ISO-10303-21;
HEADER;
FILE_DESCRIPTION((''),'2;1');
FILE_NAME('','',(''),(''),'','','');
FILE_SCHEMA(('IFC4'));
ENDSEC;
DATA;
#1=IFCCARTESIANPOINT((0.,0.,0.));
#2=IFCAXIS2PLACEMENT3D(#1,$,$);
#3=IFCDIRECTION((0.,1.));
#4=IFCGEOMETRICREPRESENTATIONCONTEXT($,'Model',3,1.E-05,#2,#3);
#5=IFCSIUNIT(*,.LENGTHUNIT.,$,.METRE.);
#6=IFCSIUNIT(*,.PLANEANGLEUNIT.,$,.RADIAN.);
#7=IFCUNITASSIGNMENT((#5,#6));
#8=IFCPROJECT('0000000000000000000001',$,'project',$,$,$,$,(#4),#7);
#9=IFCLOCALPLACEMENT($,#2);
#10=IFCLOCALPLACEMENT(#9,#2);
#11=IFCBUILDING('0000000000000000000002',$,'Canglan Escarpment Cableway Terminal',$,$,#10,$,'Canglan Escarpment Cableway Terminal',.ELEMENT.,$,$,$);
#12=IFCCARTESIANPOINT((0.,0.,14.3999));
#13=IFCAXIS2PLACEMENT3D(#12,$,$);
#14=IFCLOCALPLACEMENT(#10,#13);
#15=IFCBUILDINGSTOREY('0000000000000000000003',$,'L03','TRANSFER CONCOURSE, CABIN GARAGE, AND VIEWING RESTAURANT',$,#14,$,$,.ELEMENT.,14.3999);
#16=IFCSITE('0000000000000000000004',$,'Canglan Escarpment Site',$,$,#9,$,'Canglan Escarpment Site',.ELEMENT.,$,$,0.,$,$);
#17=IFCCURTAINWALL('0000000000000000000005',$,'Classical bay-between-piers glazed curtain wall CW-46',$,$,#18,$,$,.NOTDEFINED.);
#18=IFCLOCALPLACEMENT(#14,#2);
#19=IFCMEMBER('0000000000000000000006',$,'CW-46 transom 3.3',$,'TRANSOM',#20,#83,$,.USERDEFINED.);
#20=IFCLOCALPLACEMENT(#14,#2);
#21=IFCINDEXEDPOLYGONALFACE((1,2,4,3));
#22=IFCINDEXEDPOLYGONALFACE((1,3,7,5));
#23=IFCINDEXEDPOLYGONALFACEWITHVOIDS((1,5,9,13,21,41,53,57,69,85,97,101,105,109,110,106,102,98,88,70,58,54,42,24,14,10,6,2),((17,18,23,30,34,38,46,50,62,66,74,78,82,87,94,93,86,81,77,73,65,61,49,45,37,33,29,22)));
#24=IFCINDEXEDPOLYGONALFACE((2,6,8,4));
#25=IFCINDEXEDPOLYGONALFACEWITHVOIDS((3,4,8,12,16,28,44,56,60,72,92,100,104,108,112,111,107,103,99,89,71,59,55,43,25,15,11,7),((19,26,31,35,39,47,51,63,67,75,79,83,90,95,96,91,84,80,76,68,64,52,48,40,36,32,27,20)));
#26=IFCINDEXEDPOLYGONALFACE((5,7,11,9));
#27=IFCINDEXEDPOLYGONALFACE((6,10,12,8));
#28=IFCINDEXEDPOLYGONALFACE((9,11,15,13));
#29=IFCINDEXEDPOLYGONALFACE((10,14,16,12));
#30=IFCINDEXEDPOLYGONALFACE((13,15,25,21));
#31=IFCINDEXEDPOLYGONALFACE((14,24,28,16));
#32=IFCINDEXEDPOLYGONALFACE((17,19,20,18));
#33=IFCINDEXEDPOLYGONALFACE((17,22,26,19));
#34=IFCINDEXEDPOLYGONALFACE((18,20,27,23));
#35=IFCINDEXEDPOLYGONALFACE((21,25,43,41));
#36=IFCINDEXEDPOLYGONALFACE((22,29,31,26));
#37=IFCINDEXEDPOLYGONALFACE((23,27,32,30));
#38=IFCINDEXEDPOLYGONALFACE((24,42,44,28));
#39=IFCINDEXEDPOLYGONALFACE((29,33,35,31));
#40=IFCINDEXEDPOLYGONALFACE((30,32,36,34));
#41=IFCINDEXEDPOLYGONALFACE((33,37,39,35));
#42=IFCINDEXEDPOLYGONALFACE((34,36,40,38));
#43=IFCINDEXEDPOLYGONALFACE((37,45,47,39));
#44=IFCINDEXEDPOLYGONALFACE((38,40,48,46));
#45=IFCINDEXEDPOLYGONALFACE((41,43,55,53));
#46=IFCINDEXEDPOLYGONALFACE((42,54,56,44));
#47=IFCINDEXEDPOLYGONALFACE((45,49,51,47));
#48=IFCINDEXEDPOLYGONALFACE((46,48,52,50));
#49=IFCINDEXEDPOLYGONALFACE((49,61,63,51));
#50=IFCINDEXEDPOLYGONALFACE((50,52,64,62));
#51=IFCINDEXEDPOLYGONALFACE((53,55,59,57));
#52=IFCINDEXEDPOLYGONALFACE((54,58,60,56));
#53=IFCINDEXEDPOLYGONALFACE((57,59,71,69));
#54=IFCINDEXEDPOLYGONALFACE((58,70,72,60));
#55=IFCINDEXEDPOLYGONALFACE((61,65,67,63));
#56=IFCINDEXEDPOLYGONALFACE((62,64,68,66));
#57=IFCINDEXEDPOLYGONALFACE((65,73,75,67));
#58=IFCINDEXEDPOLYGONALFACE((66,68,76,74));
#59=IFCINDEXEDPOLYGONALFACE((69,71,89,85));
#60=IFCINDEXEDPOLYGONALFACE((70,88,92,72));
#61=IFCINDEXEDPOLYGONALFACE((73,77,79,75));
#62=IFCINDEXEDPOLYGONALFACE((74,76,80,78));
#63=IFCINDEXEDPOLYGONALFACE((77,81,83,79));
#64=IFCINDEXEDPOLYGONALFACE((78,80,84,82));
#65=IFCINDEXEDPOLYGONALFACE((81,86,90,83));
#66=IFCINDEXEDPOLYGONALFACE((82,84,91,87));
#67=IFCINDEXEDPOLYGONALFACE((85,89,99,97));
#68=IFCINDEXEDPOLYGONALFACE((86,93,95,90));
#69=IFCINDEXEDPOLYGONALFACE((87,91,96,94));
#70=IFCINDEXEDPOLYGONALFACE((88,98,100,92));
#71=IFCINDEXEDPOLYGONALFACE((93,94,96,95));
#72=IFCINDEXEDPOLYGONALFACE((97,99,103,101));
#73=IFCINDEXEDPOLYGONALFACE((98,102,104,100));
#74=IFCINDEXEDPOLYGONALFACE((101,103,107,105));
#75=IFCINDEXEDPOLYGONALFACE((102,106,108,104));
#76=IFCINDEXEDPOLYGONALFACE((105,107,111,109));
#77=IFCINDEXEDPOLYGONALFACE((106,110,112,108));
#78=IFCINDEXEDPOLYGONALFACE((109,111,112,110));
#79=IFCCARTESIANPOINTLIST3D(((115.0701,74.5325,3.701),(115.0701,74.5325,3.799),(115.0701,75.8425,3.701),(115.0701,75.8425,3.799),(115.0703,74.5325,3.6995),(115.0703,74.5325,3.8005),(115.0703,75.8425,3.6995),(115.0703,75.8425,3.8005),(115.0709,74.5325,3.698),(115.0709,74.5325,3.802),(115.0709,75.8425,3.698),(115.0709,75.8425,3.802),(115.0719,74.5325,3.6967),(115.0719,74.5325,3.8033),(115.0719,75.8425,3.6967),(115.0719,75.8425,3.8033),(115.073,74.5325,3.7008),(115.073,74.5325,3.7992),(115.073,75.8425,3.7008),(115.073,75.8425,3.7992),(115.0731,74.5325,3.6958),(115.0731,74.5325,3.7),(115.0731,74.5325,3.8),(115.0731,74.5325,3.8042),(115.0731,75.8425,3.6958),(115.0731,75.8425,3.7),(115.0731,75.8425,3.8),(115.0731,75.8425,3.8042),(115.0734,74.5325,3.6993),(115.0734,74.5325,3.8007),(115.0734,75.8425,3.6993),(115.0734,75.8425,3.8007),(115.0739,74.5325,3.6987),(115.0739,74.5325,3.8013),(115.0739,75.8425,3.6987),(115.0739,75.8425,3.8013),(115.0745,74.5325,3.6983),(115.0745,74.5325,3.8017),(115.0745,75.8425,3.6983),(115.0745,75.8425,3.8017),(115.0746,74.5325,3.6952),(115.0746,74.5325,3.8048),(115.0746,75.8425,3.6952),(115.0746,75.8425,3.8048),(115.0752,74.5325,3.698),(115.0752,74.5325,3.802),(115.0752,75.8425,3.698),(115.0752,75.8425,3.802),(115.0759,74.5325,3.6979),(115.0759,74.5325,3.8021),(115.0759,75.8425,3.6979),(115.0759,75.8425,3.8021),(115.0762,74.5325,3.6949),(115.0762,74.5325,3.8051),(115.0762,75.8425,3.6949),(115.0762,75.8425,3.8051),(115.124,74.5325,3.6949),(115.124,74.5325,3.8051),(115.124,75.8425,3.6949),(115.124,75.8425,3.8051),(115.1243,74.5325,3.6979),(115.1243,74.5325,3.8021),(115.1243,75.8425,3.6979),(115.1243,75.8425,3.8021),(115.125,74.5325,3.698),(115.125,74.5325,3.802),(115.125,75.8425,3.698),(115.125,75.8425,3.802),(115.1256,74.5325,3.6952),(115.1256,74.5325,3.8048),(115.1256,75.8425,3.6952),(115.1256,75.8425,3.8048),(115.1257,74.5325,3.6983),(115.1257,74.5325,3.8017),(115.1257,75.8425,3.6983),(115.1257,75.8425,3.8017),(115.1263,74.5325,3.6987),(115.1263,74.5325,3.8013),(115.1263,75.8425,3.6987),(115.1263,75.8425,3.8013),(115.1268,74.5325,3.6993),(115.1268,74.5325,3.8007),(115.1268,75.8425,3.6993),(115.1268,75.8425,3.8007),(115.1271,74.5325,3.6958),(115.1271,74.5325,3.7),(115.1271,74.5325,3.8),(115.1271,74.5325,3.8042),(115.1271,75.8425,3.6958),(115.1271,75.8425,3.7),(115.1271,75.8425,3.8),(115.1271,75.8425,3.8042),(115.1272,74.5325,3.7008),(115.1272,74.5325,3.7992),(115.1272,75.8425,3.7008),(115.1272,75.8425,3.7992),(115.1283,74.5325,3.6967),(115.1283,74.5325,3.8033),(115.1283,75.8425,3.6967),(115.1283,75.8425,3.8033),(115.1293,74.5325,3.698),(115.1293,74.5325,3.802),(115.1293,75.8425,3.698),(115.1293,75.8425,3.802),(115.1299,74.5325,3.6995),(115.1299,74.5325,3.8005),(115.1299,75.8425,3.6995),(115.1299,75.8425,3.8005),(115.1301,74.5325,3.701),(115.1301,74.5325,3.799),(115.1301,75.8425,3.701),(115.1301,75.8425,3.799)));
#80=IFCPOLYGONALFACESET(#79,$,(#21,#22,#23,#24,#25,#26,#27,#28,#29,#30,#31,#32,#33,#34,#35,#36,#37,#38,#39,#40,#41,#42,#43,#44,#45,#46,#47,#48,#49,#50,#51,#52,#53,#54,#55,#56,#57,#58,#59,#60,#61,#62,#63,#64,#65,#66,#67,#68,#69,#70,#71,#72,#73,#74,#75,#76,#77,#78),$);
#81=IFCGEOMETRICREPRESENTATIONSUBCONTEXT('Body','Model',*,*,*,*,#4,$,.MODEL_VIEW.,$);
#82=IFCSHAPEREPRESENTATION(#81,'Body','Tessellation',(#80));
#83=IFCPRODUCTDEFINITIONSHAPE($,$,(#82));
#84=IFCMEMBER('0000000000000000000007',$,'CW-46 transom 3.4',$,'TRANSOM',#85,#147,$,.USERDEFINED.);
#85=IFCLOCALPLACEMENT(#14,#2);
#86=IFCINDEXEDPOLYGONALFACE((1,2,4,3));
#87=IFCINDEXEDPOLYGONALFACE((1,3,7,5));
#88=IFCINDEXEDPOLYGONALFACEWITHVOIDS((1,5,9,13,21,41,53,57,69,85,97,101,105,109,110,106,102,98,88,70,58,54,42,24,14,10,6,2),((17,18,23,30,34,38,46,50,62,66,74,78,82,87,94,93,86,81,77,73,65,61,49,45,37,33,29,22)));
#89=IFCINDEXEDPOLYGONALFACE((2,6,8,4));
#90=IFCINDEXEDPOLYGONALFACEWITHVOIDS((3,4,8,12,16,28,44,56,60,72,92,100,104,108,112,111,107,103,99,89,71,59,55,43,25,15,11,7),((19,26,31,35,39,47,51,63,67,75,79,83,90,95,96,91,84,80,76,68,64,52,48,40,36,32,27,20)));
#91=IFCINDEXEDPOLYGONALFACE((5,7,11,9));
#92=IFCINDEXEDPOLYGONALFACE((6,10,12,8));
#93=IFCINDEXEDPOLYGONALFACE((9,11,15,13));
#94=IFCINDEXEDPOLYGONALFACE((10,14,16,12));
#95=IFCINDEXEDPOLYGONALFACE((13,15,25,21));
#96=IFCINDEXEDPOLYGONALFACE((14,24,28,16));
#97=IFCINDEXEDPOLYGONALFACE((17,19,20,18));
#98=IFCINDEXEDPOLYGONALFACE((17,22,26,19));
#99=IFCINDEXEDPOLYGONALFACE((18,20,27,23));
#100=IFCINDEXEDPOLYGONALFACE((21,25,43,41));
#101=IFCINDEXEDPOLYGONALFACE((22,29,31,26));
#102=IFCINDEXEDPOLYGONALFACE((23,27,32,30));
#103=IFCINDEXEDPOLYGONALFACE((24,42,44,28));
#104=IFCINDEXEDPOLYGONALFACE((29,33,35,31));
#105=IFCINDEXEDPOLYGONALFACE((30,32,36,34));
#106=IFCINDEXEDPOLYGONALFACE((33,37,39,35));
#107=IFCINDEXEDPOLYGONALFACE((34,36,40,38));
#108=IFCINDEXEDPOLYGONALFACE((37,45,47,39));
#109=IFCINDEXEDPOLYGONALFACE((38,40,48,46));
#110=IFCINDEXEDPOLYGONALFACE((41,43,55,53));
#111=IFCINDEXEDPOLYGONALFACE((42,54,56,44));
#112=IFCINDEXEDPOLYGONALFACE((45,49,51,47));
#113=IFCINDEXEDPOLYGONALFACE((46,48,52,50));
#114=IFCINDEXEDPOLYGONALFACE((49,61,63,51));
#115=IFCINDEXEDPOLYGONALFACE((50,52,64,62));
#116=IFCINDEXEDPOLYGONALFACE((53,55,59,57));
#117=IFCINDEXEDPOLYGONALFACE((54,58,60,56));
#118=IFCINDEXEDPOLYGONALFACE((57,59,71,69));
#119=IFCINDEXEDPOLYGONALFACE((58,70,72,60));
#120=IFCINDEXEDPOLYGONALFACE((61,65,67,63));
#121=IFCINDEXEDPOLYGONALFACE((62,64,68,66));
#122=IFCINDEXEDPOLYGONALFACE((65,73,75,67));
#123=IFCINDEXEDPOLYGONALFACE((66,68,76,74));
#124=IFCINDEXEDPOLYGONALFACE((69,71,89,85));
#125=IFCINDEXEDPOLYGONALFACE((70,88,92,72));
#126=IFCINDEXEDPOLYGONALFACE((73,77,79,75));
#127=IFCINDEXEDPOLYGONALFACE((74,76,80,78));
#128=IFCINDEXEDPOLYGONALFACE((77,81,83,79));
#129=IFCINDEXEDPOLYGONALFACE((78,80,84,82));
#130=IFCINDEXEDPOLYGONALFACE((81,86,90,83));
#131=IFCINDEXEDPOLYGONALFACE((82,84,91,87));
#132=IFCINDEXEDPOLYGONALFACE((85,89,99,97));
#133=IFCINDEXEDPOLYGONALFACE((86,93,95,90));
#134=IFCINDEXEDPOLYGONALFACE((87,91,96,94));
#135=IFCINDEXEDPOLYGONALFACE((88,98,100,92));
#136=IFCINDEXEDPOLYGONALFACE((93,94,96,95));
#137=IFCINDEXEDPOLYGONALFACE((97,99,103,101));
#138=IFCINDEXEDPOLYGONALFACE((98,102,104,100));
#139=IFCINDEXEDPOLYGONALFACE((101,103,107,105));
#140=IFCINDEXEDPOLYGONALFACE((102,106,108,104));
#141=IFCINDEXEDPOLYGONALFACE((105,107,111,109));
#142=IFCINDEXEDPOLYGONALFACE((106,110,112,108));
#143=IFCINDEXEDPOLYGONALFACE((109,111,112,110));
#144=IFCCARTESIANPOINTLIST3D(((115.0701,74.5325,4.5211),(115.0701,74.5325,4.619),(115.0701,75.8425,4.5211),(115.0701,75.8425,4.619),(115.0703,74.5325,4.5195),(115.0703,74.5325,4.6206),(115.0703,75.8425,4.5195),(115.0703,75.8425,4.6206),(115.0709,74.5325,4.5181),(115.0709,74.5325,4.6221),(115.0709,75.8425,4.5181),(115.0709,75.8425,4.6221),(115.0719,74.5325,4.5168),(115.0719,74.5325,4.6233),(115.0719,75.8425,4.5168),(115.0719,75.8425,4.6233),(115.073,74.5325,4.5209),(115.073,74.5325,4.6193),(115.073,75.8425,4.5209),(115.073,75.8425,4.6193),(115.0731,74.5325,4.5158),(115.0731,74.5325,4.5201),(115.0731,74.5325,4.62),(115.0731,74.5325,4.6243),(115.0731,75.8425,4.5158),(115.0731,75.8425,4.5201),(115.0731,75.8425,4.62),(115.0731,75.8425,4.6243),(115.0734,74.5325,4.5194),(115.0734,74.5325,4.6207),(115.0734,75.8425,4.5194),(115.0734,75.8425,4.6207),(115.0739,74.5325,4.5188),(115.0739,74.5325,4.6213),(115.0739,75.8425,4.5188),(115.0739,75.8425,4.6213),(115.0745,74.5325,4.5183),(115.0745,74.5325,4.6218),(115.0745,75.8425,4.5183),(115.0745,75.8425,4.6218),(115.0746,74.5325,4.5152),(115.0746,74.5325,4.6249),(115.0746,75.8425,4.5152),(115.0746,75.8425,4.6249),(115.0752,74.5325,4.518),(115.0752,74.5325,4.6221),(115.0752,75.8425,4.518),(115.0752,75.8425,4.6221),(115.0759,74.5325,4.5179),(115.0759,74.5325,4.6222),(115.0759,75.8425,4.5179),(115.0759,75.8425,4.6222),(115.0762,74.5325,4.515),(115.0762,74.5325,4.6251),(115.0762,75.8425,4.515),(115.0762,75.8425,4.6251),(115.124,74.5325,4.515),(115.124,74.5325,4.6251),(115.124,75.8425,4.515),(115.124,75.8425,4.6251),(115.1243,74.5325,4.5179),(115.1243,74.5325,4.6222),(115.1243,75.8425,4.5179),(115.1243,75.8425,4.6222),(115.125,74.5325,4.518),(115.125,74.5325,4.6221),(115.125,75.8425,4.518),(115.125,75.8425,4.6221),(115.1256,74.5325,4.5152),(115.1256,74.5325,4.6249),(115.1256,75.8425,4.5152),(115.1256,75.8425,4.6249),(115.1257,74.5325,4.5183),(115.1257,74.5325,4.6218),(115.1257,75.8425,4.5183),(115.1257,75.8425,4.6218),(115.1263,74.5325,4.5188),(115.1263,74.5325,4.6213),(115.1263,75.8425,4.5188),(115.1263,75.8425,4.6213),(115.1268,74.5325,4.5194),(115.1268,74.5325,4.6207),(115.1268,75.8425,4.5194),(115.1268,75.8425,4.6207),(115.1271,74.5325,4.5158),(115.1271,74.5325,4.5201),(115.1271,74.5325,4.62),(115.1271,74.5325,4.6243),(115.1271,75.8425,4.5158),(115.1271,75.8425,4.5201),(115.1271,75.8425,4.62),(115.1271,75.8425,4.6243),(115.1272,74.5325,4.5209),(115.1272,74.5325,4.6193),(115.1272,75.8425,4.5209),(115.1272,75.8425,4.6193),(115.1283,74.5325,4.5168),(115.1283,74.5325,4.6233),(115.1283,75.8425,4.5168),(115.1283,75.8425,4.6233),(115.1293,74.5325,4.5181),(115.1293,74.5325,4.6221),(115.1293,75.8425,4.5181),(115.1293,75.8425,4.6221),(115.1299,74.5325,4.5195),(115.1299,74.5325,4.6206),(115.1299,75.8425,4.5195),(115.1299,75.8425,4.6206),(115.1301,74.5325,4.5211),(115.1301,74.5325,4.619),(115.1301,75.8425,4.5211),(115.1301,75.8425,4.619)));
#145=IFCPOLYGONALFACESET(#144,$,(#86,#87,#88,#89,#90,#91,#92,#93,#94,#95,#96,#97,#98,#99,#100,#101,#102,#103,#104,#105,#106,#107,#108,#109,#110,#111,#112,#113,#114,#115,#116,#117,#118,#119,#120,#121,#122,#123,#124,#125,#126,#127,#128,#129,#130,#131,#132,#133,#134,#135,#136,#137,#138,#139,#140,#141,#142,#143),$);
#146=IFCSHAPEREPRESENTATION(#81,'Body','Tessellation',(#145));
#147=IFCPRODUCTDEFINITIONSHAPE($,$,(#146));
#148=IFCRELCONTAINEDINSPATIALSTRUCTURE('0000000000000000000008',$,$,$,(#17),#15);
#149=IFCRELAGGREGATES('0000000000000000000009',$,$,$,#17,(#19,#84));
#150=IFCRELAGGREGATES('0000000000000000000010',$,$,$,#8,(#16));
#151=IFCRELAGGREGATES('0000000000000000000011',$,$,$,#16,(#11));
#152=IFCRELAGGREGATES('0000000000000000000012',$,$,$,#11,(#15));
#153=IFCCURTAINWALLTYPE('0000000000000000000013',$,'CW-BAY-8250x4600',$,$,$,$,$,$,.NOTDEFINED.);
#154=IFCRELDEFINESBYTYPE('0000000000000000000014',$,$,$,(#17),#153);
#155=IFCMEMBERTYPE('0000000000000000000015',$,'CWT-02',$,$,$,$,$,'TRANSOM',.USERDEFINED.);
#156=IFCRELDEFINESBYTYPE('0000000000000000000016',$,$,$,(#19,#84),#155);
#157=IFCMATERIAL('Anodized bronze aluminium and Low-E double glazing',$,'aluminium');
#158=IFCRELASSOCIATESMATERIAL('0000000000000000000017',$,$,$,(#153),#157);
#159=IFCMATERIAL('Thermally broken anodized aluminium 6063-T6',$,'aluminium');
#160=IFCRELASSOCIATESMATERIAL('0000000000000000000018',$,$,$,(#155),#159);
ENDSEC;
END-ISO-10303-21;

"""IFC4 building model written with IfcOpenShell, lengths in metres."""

from ifc_helpers import new_model, si_unit, direction, frame, origin, origin_2d, place, context, subcontext, project, spatial, hollow_rectangle, extrude, material, material_profile, profile_set, type_object, element, aggregate, save


model = new_model("IFC4")

# Units and contexts
model_context = context("Model", 3, precision=1e-05, world=origin(), true_north=direction((0.0, 1.0)))
body_context = subcontext(model_context, "Body", "Model", "MODEL_VIEW")
ifc_project = project(units=[si_unit("LENGTHUNIT", "METRE"), si_unit("PLANEANGLEUNIT", "RADIAN")], contexts=[model_context])

# Site, building, storey
site_placement = place(None, origin())
site = spatial("IfcSite", under=ifc_project, at=site_placement, Name="Canglan Escarpment Site", LongName="Canglan Escarpment Site", CompositionType="ELEMENT", RefElevation=0.0)
building_placement = place(site_placement, origin())
building = spatial("IfcBuilding", under=site, at=building_placement, Name="Canglan Escarpment Cableway Terminal", LongName="Canglan Escarpment Cableway Terminal", CompositionType="ELEMENT")
storey_placement = place(building_placement, frame((0.0, 0.0, 14.3999)))
storey = spatial("IfcBuildingStorey", under=building, at=storey_placement, Name="L03", Description="TRANSFER CONCOURSE, CABIN GARAGE, AND VIEWING RESTAURANT", CompositionType="ELEMENT", Elevation=14.3999)

# Curtain wall, members
ifc_material_1 = material(Name="Anodized bronze aluminium and Low-E double glazing", Category="aluminium")
curtain_wall_type = type_object("IfcCurtainWallType", Name="CW-BAY-8250x4600", PredefinedType="NOTDEFINED", material=ifc_material_1)
curtain_wall_placement = place(storey_placement, origin())
curtain_wall = element("IfcCurtainWall", 1, at=curtain_wall_placement, inside=storey, type_object=curtain_wall_type, Name="Classical bay-between-piers glazed curtain wall CW-46", PredefinedType="NOTDEFINED")
ifc_material_2 = material(Name="Thermally broken anodized aluminium 6063-T6", Category="aluminium")
ifc_material_profile_1 = material_profile(ifc_material_2, hollow_rectangle(XDim=0.0601, YDim=0.1101, WallThickness=0.0029, InnerFilletRadius=0.0029, OuterFilletRadius=0.0061, at=origin_2d()), Name="ALU-TRAN 60x110x3")
ifc_profile_set_1 = profile_set([ifc_material_profile_1], Name="Thermally broken anodized aluminium 6063-T6")
member_type_1 = type_object("IfcMemberType", Name="CWT-02", ElementType="TRANSOM", PredefinedType="USERDEFINED", material=ifc_profile_set_1)
member_1_placement = place(storey_placement, frame((115.1001, 75.8425, 3.75), z_axis=(0.0, -1.0, 0.0), x_axis=(1.0, 0.0, 0.0)))
member_1 = element("IfcMember", 2, at=member_1_placement, type_object=member_type_1, Name="CW-46 transom 3.3", ObjectType="TRANSOM", PredefinedType="USERDEFINED", context=body_context, shape_type="SweptSolid", body=[
    extrude(hollow_rectangle(XDim=0.0601, YDim=0.1101, WallThickness=0.0029, InnerFilletRadius=0.0029, OuterFilletRadius=0.0061, at=origin_2d()), origin(), (0.0, 0.0, 1.0), 1.3101),
])
member_2_placement = place(storey_placement, frame((115.1001, 75.8425, 4.5701), z_axis=(0.0, -1.0, 0.0), x_axis=(1.0, 0.0, 0.0)))
member_2 = element("IfcMember", 3, at=member_2_placement, type_object=member_type_1, Name="CW-46 transom 3.4", ObjectType="TRANSOM", PredefinedType="USERDEFINED", context=body_context, shape_type="SweptSolid", body=[
    extrude(hollow_rectangle(XDim=0.0601, YDim=0.1101, WallThickness=0.0029, InnerFilletRadius=0.0029, OuterFilletRadius=0.0061, at=origin_2d()), origin(), (0.0, 0.0, 1.0), 1.3101),
])
aggregate(curtain_wall, [member_1, member_2])

save(model, "model.ifc")
